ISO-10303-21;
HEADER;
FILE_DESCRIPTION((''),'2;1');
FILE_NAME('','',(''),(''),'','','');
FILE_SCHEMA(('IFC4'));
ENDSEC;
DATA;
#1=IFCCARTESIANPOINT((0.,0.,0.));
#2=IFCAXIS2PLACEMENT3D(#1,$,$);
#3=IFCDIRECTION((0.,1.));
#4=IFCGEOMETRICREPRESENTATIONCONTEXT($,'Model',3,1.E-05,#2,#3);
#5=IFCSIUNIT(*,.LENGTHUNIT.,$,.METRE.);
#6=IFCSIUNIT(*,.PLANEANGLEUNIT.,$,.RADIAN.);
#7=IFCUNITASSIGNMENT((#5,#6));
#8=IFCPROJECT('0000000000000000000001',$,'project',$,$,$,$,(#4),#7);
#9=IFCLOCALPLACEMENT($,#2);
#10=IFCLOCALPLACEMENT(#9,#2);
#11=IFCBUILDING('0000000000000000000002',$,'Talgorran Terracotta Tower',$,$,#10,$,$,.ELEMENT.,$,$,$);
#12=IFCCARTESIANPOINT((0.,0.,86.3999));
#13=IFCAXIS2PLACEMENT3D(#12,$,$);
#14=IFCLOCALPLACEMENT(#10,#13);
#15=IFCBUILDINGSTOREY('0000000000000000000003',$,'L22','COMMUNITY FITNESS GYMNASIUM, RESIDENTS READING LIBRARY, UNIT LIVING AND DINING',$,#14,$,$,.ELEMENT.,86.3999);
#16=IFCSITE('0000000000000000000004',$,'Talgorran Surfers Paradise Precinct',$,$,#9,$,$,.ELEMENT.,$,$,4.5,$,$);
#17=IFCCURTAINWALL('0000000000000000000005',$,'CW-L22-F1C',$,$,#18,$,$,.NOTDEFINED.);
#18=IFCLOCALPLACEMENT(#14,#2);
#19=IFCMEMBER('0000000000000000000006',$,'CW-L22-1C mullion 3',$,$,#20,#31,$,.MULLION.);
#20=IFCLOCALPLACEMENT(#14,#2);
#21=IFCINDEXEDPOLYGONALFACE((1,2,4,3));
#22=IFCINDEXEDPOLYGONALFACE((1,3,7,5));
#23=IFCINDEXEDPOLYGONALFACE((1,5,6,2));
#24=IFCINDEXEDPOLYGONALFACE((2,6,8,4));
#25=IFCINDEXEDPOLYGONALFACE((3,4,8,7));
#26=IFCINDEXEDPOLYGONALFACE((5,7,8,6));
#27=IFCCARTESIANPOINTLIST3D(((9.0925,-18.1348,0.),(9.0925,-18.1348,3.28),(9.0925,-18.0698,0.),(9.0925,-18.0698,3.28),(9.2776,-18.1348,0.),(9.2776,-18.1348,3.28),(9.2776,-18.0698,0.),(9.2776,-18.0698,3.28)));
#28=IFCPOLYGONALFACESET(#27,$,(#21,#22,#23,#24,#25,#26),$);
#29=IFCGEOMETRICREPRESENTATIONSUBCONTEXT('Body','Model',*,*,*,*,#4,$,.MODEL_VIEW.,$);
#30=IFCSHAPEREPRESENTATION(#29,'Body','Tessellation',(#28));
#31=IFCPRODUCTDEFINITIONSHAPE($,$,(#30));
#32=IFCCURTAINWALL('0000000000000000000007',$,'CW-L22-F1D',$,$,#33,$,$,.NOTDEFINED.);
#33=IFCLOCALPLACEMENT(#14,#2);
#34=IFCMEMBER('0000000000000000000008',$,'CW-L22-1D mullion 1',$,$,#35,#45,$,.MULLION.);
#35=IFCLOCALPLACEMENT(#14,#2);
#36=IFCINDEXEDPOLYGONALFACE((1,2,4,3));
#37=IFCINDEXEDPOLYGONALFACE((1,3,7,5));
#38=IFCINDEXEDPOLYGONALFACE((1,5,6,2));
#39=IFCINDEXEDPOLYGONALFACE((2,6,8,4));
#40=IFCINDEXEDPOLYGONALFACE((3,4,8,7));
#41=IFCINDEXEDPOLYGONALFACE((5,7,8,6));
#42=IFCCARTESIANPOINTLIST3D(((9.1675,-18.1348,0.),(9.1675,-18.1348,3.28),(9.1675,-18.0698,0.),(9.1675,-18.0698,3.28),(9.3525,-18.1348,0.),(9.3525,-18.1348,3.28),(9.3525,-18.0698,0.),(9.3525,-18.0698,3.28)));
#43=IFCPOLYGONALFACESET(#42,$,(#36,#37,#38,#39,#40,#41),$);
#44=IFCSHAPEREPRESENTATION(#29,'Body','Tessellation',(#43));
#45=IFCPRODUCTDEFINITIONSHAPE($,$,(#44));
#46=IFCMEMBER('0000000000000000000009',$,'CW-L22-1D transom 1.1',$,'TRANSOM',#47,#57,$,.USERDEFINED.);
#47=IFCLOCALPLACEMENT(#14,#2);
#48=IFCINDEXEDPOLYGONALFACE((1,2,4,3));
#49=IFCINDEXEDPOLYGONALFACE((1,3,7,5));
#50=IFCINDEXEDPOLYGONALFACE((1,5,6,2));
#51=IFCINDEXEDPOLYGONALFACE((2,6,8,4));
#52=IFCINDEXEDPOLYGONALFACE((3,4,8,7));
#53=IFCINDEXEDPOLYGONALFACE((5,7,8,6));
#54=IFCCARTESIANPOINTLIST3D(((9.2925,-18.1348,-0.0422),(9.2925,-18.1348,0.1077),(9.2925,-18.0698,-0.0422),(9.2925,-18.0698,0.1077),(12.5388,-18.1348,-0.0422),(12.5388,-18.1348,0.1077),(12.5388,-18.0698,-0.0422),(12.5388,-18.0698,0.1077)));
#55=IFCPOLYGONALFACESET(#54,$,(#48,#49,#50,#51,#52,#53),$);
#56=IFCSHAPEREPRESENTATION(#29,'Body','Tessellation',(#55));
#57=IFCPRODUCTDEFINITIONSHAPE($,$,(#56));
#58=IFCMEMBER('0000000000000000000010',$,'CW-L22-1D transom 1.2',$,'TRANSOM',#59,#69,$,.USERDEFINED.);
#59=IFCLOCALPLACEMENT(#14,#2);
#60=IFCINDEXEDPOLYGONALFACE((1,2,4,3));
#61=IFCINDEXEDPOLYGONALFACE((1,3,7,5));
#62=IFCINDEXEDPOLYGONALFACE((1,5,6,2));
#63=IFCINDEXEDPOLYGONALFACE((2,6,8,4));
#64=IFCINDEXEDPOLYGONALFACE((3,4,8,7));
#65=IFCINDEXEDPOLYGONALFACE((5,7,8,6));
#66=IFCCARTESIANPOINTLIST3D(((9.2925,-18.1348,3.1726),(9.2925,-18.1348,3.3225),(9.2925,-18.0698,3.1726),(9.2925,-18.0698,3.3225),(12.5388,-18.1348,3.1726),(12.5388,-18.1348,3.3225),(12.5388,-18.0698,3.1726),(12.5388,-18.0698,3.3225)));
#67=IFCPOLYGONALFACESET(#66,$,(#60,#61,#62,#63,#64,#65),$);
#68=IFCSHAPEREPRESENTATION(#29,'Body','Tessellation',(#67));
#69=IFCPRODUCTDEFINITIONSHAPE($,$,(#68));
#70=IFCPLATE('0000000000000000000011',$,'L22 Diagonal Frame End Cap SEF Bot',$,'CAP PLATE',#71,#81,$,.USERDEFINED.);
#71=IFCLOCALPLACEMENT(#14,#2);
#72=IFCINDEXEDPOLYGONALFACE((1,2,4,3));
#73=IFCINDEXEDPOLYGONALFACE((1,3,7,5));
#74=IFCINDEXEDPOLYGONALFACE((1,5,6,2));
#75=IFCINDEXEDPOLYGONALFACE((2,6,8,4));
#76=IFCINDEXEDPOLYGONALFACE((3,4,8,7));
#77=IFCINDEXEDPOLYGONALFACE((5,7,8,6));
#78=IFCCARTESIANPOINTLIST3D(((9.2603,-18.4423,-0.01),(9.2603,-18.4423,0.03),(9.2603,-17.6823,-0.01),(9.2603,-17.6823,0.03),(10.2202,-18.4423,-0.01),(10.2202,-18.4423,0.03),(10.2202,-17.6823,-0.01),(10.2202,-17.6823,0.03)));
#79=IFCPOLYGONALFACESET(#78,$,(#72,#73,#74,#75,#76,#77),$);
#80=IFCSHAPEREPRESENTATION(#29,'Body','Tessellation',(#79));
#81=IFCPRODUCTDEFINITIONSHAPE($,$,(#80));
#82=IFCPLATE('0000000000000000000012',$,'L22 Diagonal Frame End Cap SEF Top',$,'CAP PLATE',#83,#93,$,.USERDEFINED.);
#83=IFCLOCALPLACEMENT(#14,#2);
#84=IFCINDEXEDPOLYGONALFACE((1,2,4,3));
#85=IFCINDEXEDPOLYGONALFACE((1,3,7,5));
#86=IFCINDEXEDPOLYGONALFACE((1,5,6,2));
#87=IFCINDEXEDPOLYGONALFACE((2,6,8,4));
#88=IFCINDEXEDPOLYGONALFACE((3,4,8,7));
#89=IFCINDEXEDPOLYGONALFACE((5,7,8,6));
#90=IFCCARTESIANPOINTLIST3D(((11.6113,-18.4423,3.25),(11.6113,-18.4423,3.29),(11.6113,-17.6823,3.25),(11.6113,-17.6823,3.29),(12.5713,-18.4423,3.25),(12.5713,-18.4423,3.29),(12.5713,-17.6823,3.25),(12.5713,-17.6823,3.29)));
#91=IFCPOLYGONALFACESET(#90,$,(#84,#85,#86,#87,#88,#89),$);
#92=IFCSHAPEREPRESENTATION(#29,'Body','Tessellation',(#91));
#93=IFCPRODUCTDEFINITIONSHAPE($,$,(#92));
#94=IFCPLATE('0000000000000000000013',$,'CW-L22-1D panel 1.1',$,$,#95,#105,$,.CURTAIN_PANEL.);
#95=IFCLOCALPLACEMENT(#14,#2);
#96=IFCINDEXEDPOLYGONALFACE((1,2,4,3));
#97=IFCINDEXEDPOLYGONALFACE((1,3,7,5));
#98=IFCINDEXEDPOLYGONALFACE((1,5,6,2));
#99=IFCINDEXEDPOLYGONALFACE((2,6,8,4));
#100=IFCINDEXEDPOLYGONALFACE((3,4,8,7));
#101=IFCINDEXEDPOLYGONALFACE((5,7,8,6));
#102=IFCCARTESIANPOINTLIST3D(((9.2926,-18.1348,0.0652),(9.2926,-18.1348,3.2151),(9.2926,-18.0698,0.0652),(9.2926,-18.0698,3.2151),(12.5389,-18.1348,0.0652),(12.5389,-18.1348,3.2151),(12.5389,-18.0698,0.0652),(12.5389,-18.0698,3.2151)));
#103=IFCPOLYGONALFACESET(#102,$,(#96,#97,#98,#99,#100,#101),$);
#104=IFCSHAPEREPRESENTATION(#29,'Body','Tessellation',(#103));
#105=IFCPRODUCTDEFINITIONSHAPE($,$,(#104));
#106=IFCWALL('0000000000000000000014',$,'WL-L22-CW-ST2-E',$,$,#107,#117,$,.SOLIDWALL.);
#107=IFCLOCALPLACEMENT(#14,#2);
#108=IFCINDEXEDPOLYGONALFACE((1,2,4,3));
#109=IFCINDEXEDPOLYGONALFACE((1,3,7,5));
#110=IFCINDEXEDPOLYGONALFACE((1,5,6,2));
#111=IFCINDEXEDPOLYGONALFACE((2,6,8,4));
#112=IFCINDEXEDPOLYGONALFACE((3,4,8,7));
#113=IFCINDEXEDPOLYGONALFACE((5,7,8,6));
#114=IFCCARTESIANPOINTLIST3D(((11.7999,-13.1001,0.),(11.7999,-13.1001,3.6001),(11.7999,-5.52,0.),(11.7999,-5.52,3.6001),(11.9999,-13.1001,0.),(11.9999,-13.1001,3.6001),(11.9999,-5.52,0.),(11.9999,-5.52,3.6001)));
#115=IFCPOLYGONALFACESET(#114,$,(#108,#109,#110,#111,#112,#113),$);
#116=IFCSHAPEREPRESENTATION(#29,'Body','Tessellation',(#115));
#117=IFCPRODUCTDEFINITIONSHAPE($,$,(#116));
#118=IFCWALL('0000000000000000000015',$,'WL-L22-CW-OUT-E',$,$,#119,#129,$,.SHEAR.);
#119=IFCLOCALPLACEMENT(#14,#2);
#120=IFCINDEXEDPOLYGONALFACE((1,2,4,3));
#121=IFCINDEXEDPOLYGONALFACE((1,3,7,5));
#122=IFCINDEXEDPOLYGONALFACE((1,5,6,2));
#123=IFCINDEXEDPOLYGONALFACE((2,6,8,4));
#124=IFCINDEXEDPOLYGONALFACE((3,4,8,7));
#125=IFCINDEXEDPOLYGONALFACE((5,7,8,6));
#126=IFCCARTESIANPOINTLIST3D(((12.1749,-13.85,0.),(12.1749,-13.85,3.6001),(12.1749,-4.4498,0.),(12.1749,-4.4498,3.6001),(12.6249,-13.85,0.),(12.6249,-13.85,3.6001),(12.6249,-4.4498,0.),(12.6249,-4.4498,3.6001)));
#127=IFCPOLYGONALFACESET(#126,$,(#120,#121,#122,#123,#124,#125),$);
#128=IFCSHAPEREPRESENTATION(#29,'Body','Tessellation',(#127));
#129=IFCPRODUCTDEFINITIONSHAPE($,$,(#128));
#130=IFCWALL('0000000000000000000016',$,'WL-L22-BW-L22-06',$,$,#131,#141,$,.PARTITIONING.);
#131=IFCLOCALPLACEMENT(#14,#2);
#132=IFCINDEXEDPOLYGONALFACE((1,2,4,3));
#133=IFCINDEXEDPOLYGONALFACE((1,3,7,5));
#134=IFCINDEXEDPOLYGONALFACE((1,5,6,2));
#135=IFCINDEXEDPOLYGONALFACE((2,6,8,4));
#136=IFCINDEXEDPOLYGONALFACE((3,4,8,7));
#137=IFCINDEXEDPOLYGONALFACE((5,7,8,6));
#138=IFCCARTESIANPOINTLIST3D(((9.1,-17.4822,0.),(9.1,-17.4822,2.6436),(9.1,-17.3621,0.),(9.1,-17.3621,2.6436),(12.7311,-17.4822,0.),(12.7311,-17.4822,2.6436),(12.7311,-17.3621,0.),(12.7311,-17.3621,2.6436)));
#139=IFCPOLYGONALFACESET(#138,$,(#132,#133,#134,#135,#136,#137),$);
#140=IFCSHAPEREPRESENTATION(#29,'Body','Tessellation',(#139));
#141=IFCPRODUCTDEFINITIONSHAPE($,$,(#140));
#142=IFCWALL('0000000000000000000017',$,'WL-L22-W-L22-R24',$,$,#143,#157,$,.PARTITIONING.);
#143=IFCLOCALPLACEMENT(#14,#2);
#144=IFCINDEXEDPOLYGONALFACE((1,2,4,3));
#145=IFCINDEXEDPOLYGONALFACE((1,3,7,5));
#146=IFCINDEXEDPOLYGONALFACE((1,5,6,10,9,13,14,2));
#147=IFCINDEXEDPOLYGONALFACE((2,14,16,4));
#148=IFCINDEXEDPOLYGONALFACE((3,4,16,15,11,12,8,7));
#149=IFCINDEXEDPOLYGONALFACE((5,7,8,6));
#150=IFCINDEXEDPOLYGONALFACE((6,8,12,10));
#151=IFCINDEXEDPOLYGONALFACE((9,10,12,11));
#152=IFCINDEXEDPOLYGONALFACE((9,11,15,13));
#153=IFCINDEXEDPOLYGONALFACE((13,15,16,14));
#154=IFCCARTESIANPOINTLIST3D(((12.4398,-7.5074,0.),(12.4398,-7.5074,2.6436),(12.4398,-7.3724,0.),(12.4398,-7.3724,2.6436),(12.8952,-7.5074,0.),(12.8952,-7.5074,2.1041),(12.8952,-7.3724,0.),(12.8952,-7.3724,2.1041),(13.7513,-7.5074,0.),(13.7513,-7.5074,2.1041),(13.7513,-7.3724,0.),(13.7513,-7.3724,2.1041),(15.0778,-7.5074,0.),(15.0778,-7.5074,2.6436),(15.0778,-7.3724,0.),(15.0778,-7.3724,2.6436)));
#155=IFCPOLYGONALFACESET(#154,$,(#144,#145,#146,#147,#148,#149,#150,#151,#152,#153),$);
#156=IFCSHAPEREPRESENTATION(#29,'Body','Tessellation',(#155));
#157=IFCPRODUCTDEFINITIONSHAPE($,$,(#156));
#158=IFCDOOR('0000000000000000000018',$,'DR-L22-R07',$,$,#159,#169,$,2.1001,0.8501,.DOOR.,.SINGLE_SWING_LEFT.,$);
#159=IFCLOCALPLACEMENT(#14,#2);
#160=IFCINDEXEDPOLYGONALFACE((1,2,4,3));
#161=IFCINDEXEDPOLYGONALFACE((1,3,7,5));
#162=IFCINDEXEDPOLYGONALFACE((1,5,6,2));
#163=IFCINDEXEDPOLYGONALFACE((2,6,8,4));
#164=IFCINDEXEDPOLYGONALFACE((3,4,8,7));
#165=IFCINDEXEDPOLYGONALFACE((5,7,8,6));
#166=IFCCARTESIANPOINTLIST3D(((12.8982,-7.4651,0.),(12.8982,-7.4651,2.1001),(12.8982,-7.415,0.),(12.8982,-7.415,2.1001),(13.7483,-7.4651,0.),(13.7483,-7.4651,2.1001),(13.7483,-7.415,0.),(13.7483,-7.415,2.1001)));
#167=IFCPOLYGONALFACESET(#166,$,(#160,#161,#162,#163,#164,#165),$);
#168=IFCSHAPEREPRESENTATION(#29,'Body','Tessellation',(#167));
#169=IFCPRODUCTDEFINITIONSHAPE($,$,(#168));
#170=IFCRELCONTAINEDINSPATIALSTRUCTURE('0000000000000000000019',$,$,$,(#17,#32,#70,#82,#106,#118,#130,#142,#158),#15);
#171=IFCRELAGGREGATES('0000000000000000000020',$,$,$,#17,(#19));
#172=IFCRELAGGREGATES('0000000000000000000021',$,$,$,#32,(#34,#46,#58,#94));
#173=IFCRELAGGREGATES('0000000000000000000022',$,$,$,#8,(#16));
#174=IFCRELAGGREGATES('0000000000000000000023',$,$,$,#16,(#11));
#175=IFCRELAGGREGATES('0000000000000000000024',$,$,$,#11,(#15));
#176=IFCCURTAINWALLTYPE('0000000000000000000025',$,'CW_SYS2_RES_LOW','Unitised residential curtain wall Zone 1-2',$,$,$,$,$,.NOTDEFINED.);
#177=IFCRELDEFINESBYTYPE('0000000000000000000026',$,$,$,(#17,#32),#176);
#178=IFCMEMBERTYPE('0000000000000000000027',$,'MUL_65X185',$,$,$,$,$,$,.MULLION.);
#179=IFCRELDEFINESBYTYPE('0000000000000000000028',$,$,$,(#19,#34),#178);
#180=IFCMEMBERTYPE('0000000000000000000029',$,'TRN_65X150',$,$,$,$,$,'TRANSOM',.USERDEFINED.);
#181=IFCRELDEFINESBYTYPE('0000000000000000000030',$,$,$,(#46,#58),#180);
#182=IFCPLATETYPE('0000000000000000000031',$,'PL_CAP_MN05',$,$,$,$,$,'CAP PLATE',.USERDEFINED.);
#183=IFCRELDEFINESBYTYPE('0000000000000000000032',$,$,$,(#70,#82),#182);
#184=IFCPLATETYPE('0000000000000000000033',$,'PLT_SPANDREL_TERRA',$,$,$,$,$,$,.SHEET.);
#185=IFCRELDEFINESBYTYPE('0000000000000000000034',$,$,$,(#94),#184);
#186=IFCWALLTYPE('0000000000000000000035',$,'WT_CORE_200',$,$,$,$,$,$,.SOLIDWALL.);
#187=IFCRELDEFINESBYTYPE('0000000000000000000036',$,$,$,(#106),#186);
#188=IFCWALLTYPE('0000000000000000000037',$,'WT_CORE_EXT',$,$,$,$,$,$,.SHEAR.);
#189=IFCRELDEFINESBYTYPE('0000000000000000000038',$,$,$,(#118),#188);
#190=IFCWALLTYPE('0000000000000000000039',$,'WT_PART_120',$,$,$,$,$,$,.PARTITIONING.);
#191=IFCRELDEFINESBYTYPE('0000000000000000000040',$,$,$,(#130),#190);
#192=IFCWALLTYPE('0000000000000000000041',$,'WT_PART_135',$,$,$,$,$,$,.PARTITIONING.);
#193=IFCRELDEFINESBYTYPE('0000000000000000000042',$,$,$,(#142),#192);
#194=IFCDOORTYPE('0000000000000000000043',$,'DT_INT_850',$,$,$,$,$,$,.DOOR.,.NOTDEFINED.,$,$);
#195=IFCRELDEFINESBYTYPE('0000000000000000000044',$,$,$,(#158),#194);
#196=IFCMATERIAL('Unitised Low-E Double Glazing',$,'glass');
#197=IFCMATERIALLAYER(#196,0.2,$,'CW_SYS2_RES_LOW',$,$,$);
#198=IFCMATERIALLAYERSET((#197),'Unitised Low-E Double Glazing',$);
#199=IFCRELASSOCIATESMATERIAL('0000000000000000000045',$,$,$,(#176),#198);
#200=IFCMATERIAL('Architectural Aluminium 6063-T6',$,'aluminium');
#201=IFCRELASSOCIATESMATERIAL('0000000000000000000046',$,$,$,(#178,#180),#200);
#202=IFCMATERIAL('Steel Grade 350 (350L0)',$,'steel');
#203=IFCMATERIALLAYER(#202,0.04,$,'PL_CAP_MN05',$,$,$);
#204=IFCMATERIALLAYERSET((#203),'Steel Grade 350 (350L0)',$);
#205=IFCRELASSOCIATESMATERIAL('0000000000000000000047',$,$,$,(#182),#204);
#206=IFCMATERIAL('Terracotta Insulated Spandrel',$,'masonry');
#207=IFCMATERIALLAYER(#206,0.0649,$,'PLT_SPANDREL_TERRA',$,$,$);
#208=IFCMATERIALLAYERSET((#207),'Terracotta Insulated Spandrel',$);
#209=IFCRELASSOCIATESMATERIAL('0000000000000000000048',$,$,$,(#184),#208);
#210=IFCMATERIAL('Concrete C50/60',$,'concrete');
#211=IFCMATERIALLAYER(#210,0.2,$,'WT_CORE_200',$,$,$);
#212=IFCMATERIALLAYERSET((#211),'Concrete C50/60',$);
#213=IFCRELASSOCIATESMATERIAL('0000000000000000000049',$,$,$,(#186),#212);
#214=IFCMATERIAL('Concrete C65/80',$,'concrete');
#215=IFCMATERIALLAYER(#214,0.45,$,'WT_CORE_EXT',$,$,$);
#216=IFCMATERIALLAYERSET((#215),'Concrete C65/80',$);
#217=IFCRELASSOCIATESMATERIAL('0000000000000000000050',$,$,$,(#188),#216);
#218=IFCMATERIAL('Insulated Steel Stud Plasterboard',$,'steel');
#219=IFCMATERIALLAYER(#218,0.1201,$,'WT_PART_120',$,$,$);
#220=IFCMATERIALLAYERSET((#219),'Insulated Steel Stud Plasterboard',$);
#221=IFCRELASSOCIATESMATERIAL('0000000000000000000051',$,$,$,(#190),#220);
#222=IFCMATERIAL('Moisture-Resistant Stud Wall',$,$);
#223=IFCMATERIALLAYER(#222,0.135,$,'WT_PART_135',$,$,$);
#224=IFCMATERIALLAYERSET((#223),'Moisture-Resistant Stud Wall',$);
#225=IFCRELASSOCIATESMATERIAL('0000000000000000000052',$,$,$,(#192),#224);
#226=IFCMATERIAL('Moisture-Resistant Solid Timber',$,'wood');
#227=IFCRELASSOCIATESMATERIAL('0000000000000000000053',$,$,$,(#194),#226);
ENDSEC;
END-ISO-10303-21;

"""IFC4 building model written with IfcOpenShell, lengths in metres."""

from ifc_helpers import new_model, si_unit, direction, frame, frame_2d, origin, origin_2d, place, context, subcontext, project, spatial, rectangle, extrude, source, transform, mapped, material, layer, layer_set, material_profile, profile_set, type_object, type_shapes, element, fill, aggregate, save


model = new_model("IFC4")

# Units and contexts
model_context = context("Model", 3, precision=1e-05, world=origin(), true_north=direction((0.0, 1.0)))
body_context = subcontext(model_context, "Body", "Model", "MODEL_VIEW")
ifc_project = project(units=[si_unit("LENGTHUNIT", "METRE"), si_unit("PLANEANGLEUNIT", "RADIAN")], contexts=[model_context])

# Site, building, storey
site_placement = place(None, origin())
site = spatial("IfcSite", under=ifc_project, at=site_placement, Name="Talgorran Surfers Paradise Precinct", CompositionType="ELEMENT", RefElevation=4.5)
building_placement = place(site_placement, origin())
building = spatial("IfcBuilding", under=site, at=building_placement, Name="Talgorran Terracotta Tower", CompositionType="ELEMENT")
storey_placement = place(building_placement, frame((0.0, 0.0, 86.3999)))
storey = spatial("IfcBuildingStorey", under=building, at=storey_placement, Name="L22", Description="COMMUNITY FITNESS GYMNASIUM, RESIDENTS READING LIBRARY, UNIT LIVING AND DINING", CompositionType="ELEMENT", Elevation=86.3999)

# Shared definitions
ifc_material_1 = material(Name="Steel Grade 350 (350L0)", Category="steel")

# Curtain wall, member
ifc_material_2 = material(Name="Unitised Low-E Double Glazing", Category="glass")
ifc_layer_1 = layer(ifc_material_2, 0.2, Name="CW_SYS2_RES_LOW")
ifc_layer_set_1 = layer_set([ifc_layer_1], Name="Unitised Low-E Double Glazing")
curtain_wall_type = type_object("IfcCurtainWallType", Name="CW_SYS2_RES_LOW", Description="Unitised residential curtain wall Zone 1-2", PredefinedType="NOTDEFINED", material=ifc_layer_set_1)
curtain_wall_1_placement = place(storey_placement, origin())
curtain_wall_1 = element("IfcCurtainWall", 1, at=curtain_wall_1_placement, inside=storey, type_object=curtain_wall_type, Name="CW-L22-F1C", PredefinedType="NOTDEFINED")
ifc_material_3 = material(Name="Architectural Aluminium 6063-T6", Category="aluminium")
ifc_material_profile_1 = material_profile(ifc_material_3, rectangle(XDim=0.0649, YDim=0.1851, at=origin_2d()), Name="CWM65X185")
ifc_profile_set_1 = profile_set([ifc_material_profile_1], Name="Architectural Aluminium 6063-T6")
member_type_1 = type_object("IfcMemberType", Name="MUL_65X185", PredefinedType="MULLION", material=ifc_profile_set_1)
member_1_placement = place(storey_placement, frame((9.1851, -18.1023, 0.0), z_axis=(0.0, 0.0, 1.0), x_axis=(0.0, 1.0, 0.0)))
member_1 = element("IfcMember", 2, at=member_1_placement, type_object=member_type_1, Name="CW-L22-1C mullion 3", PredefinedType="MULLION", context=body_context, shape_type="SweptSolid", body=[
    extrude(rectangle(XDim=0.0649, YDim=0.1851, at=origin_2d()), origin(), (0.0, 0.0, 1.0), 3.28),
])
aggregate(curtain_wall_1, [member_1])

# Curtain wall, members
curtain_wall_2_placement = place(storey_placement, origin())
curtain_wall_2 = element("IfcCurtainWall", 3, at=curtain_wall_2_placement, inside=storey, type_object=curtain_wall_type, Name="CW-L22-F1D", PredefinedType="NOTDEFINED")
member_2_placement = place(storey_placement, frame((9.26, -18.1023, 0.0), z_axis=(0.0, 0.0, 1.0), x_axis=(0.0, 1.0, 0.0)))
member_2 = element("IfcMember", 4, at=member_2_placement, type_object=member_type_1, Name="CW-L22-1D mullion 1", PredefinedType="MULLION", context=body_context, shape_type="SweptSolid", body=[
    extrude(rectangle(XDim=0.0649, YDim=0.1851, at=origin_2d()), origin(), (0.0, 0.0, 1.0), 3.28),
])
ifc_material_profile_2 = material_profile(ifc_material_3, rectangle(XDim=0.0649, YDim=0.1499, at=origin_2d()), Name="CWT65X150")
ifc_profile_set_2 = profile_set([ifc_material_profile_2], Name="Architectural Aluminium 6063-T6")
member_type_2 = type_object("IfcMemberType", Name="TRN_65X150", ElementType="TRANSOM", PredefinedType="USERDEFINED", material=ifc_profile_set_2)
member_3_placement = place(storey_placement, frame((9.2925, -18.1023, 0.0327), z_axis=(1.0, 0.0, 0.0), x_axis=(0.0, 1.0, 0.0)))
member_3 = element("IfcMember", 5, at=member_3_placement, type_object=member_type_2, Name="CW-L22-1D transom 1.1", ObjectType="TRANSOM", PredefinedType="USERDEFINED", context=body_context, shape_type="SweptSolid", body=[
    extrude(rectangle(XDim=0.0649, YDim=0.1499, at=origin_2d()), origin(), (0.0, 0.0, 1.0), 3.2463),
])
member_4_placement = place(storey_placement, frame((9.2925, -18.1023, 3.2476), z_axis=(1.0, 0.0, 0.0), x_axis=(0.0, 1.0, 0.0)))
member_4 = element("IfcMember", 6, at=member_4_placement, type_object=member_type_2, Name="CW-L22-1D transom 1.2", ObjectType="TRANSOM", PredefinedType="USERDEFINED", context=body_context, shape_type="SweptSolid", body=[
    extrude(rectangle(XDim=0.0649, YDim=0.1499, at=origin_2d()), origin(), (0.0, 0.0, 1.0), 3.2463),
])

# Plates
ifc_layer_2 = layer(ifc_material_1, 0.04, Name="PL_CAP_MN05")
ifc_layer_set_2 = layer_set([ifc_layer_2], Name="Steel Grade 350 (350L0)")
plate_type_1 = type_object("IfcPlateType", Name="PL_CAP_MN05", ElementType="CAP PLATE", PredefinedType="USERDEFINED", material=ifc_layer_set_2)
for number, where, z_axis, x_axis, name in (
    (7, (9.7402, -18.0623, -0.01), (0.0, 0.0, 1.0), (1.0, 0.0, 0.0), "L22 Diagonal Frame End Cap SEF Bot"),
    (8, (12.0913, -18.0623, 3.25), (0.0, 0.0, 1.0), (1.0, 0.0, 0.0), "L22 Diagonal Frame End Cap SEF Top"),
):
    element("IfcPlate", number, at=place(storey_placement, frame(where, z_axis=z_axis, x_axis=x_axis)), inside=storey, type_object=plate_type_1, Name=name, ObjectType="CAP PLATE", PredefinedType="USERDEFINED", context=body_context, shape_type="SweptSolid", body=[
        extrude(rectangle(XDim=0.96, YDim=0.76, at=origin_2d()), origin(), (0.0, 0.0, 1.0), 0.04),
    ])

# Plate
ifc_material_4 = material(Name="Terracotta Insulated Spandrel", Category="masonry")
ifc_layer_3 = layer(ifc_material_4, 0.0649, Name="PLT_SPANDREL_TERRA")
ifc_layer_set_3 = layer_set([ifc_layer_3], Name="Terracotta Insulated Spandrel")
plate_type_2 = type_object("IfcPlateType", Name="PLT_SPANDREL_TERRA", PredefinedType="SHEET", material=ifc_layer_set_3)
shared_shape = source(origin(), body_context, "Body", "SweptSolid", [
    extrude(rectangle(XDim=3.2463, YDim=0.0649, at=origin_2d()), origin(), (0.0, 0.0, 1.0), 3.1499),
])
type_shapes(plate_type_2, [shared_shape])
plate_placement = place(storey_placement, frame((10.9158, -18.1023, 0.0652), z_axis=(0.0, 0.0, 1.0), x_axis=(1.0, 0.0, 0.0)))
plate = element("IfcPlate", 9, at=plate_placement, type_object=plate_type_2, Name="CW-L22-1D panel 1.1", PredefinedType="CURTAIN_PANEL", context=body_context, shape_type="MappedRepresentation", body=[
    mapped(shared_shape, transform((0.0, 0.0, 0.0), scale=1.0)),
])
aggregate(curtain_wall_2, [member_2, member_3, member_4, plate])

# Walls
ifc_material_5 = material(Name="Concrete C50/60", Category="concrete")
ifc_layer_4 = layer(ifc_material_5, 0.2, Name="WT_CORE_200")
ifc_layer_set_4 = layer_set([ifc_layer_4], Name="Concrete C50/60")
wall_type_1 = type_object("IfcWallType", Name="WT_CORE_200", PredefinedType="SOLIDWALL", material=ifc_layer_set_4)
wall_1_placement = place(storey_placement, frame((11.8999, -13.1001, 0.0), z_axis=(0.0, 0.0, 1.0), x_axis=(0.0, 1.0, 0.0)))
element("IfcWall", 10, at=wall_1_placement, inside=storey, type_object=wall_type_1, Name="WL-L22-CW-ST2-E", PredefinedType="SOLIDWALL", context=body_context, shape_type="SweptSolid", body=[
    extrude(rectangle(XDim=7.5801, YDim=0.2, at=frame_2d((3.79, 0.0))), origin(), (0.0, 0.0, 1.0), 3.6001),
])
ifc_material_6 = material(Name="Concrete C65/80", Category="concrete")
ifc_layer_5 = layer(ifc_material_6, 0.45, Name="WT_CORE_EXT")
ifc_layer_set_5 = layer_set([ifc_layer_5], Name="Concrete C65/80")
wall_type_2 = type_object("IfcWallType", Name="WT_CORE_EXT", PredefinedType="SHEAR", material=ifc_layer_set_5)
wall_2_placement = place(storey_placement, frame((12.3999, -13.8501, 0.0), z_axis=(0.0, 0.0, 1.0), x_axis=(0.0, 1.0, 0.0)))
element("IfcWall", 11, at=wall_2_placement, inside=storey, type_object=wall_type_2, Name="WL-L22-CW-OUT-E", PredefinedType="SHEAR", context=body_context, shape_type="SweptSolid", body=[
    extrude(rectangle(XDim=9.4001, YDim=0.45, at=frame_2d((4.7002, 0.0))), origin(), (0.0, 0.0, 1.0), 3.6001),
])
ifc_material_7 = material(Name="Insulated Steel Stud Plasterboard", Category="steel")
ifc_layer_6 = layer(ifc_material_7, 0.1201, Name="WT_PART_120")
ifc_layer_set_6 = layer_set([ifc_layer_6], Name="Insulated Steel Stud Plasterboard")
wall_type_3 = type_object("IfcWallType", Name="WT_PART_120", PredefinedType="PARTITIONING", material=ifc_layer_set_6)
wall_3_placement = place(storey_placement, frame((9.1001, -17.4221, 0.0), z_axis=(0.0, 0.0, 1.0), x_axis=(1.0, 0.0, 0.0)))
element("IfcWall", 12, at=wall_3_placement, inside=storey, type_object=wall_type_3, Name="WL-L22-BW-L22-06", PredefinedType="PARTITIONING", context=body_context, shape_type="SweptSolid", body=[
    extrude(rectangle(XDim=3.6311, YDim=0.1201, at=frame_2d((1.8154, 0.0))), origin(), (0.0, 0.0, 1.0), 2.6436),
])

# Wall, opening, door
ifc_material_8 = material(Name="Moisture-Resistant Stud Wall")
ifc_layer_7 = layer(ifc_material_8, 0.135, Name="WT_PART_135")
ifc_layer_set_7 = layer_set([ifc_layer_7], Name="Moisture-Resistant Stud Wall")
wall_type_4 = type_object("IfcWallType", Name="WT_PART_135", PredefinedType="PARTITIONING", material=ifc_layer_set_7)
wall_4_placement = place(storey_placement, frame((12.4399, -7.4399, 0.0), z_axis=(0.0, 0.0, 1.0), x_axis=(1.0, 0.0, 0.0)))
wall_4 = element("IfcWall", 13, at=wall_4_placement, inside=storey, type_object=wall_type_4, Name="WL-L22-W-L22-R24", PredefinedType="PARTITIONING", context=body_context, shape_type="SweptSolid", body=[
    extrude(rectangle(XDim=2.6379, YDim=0.135, at=frame_2d((1.3188, 0.0))), origin(), (0.0, 0.0, 1.0), 2.6436),
])
opening_placement = place(wall_4_placement, frame((0.4583, 0.0, 0.0)))
opening = element("IfcOpeningElement", 14, at=opening_placement, cuts=wall_4, PredefinedType="OPENING", context=body_context, shape_type="SweptSolid", body=[
    extrude(rectangle(XDim=0.8561, YDim=2.1041, at=frame_2d((0.425, 1.052))), frame((0.0, 0.0776, 0.0), z_axis=(0.0, -1.0, 0.0), x_axis=(1.0, 0.0, 0.0)), (0.0, 0.0, 1.0), 0.155),
])
ifc_material_9 = material(Name="Moisture-Resistant Solid Timber", Category="wood")
door_type = type_object("IfcDoorType", Name="DT_INT_850", OperationType="NOTDEFINED", PredefinedType="DOOR", material=ifc_material_9)
door_placement = place(opening_placement, origin())
door = element("IfcDoor", 15, at=door_placement, inside=storey, type_object=door_type, Name="DR-L22-R07", OperationType="SINGLE_SWING_LEFT", OverallHeight=2.1001, OverallWidth=0.8501, PredefinedType="DOOR", context=body_context, shape_type="SweptSolid", body=[
    extrude(rectangle(XDim=0.8501, YDim=2.1001, at=frame_2d((0.425, 1.05))), frame((0.0, 0.0249, 0.0), z_axis=(0.0, -1.0, 0.0), x_axis=(1.0, 0.0, 0.0)), (0.0, 0.0, 1.0), 0.05),
])
fill(opening, door)

save(model, "model.ifc")
